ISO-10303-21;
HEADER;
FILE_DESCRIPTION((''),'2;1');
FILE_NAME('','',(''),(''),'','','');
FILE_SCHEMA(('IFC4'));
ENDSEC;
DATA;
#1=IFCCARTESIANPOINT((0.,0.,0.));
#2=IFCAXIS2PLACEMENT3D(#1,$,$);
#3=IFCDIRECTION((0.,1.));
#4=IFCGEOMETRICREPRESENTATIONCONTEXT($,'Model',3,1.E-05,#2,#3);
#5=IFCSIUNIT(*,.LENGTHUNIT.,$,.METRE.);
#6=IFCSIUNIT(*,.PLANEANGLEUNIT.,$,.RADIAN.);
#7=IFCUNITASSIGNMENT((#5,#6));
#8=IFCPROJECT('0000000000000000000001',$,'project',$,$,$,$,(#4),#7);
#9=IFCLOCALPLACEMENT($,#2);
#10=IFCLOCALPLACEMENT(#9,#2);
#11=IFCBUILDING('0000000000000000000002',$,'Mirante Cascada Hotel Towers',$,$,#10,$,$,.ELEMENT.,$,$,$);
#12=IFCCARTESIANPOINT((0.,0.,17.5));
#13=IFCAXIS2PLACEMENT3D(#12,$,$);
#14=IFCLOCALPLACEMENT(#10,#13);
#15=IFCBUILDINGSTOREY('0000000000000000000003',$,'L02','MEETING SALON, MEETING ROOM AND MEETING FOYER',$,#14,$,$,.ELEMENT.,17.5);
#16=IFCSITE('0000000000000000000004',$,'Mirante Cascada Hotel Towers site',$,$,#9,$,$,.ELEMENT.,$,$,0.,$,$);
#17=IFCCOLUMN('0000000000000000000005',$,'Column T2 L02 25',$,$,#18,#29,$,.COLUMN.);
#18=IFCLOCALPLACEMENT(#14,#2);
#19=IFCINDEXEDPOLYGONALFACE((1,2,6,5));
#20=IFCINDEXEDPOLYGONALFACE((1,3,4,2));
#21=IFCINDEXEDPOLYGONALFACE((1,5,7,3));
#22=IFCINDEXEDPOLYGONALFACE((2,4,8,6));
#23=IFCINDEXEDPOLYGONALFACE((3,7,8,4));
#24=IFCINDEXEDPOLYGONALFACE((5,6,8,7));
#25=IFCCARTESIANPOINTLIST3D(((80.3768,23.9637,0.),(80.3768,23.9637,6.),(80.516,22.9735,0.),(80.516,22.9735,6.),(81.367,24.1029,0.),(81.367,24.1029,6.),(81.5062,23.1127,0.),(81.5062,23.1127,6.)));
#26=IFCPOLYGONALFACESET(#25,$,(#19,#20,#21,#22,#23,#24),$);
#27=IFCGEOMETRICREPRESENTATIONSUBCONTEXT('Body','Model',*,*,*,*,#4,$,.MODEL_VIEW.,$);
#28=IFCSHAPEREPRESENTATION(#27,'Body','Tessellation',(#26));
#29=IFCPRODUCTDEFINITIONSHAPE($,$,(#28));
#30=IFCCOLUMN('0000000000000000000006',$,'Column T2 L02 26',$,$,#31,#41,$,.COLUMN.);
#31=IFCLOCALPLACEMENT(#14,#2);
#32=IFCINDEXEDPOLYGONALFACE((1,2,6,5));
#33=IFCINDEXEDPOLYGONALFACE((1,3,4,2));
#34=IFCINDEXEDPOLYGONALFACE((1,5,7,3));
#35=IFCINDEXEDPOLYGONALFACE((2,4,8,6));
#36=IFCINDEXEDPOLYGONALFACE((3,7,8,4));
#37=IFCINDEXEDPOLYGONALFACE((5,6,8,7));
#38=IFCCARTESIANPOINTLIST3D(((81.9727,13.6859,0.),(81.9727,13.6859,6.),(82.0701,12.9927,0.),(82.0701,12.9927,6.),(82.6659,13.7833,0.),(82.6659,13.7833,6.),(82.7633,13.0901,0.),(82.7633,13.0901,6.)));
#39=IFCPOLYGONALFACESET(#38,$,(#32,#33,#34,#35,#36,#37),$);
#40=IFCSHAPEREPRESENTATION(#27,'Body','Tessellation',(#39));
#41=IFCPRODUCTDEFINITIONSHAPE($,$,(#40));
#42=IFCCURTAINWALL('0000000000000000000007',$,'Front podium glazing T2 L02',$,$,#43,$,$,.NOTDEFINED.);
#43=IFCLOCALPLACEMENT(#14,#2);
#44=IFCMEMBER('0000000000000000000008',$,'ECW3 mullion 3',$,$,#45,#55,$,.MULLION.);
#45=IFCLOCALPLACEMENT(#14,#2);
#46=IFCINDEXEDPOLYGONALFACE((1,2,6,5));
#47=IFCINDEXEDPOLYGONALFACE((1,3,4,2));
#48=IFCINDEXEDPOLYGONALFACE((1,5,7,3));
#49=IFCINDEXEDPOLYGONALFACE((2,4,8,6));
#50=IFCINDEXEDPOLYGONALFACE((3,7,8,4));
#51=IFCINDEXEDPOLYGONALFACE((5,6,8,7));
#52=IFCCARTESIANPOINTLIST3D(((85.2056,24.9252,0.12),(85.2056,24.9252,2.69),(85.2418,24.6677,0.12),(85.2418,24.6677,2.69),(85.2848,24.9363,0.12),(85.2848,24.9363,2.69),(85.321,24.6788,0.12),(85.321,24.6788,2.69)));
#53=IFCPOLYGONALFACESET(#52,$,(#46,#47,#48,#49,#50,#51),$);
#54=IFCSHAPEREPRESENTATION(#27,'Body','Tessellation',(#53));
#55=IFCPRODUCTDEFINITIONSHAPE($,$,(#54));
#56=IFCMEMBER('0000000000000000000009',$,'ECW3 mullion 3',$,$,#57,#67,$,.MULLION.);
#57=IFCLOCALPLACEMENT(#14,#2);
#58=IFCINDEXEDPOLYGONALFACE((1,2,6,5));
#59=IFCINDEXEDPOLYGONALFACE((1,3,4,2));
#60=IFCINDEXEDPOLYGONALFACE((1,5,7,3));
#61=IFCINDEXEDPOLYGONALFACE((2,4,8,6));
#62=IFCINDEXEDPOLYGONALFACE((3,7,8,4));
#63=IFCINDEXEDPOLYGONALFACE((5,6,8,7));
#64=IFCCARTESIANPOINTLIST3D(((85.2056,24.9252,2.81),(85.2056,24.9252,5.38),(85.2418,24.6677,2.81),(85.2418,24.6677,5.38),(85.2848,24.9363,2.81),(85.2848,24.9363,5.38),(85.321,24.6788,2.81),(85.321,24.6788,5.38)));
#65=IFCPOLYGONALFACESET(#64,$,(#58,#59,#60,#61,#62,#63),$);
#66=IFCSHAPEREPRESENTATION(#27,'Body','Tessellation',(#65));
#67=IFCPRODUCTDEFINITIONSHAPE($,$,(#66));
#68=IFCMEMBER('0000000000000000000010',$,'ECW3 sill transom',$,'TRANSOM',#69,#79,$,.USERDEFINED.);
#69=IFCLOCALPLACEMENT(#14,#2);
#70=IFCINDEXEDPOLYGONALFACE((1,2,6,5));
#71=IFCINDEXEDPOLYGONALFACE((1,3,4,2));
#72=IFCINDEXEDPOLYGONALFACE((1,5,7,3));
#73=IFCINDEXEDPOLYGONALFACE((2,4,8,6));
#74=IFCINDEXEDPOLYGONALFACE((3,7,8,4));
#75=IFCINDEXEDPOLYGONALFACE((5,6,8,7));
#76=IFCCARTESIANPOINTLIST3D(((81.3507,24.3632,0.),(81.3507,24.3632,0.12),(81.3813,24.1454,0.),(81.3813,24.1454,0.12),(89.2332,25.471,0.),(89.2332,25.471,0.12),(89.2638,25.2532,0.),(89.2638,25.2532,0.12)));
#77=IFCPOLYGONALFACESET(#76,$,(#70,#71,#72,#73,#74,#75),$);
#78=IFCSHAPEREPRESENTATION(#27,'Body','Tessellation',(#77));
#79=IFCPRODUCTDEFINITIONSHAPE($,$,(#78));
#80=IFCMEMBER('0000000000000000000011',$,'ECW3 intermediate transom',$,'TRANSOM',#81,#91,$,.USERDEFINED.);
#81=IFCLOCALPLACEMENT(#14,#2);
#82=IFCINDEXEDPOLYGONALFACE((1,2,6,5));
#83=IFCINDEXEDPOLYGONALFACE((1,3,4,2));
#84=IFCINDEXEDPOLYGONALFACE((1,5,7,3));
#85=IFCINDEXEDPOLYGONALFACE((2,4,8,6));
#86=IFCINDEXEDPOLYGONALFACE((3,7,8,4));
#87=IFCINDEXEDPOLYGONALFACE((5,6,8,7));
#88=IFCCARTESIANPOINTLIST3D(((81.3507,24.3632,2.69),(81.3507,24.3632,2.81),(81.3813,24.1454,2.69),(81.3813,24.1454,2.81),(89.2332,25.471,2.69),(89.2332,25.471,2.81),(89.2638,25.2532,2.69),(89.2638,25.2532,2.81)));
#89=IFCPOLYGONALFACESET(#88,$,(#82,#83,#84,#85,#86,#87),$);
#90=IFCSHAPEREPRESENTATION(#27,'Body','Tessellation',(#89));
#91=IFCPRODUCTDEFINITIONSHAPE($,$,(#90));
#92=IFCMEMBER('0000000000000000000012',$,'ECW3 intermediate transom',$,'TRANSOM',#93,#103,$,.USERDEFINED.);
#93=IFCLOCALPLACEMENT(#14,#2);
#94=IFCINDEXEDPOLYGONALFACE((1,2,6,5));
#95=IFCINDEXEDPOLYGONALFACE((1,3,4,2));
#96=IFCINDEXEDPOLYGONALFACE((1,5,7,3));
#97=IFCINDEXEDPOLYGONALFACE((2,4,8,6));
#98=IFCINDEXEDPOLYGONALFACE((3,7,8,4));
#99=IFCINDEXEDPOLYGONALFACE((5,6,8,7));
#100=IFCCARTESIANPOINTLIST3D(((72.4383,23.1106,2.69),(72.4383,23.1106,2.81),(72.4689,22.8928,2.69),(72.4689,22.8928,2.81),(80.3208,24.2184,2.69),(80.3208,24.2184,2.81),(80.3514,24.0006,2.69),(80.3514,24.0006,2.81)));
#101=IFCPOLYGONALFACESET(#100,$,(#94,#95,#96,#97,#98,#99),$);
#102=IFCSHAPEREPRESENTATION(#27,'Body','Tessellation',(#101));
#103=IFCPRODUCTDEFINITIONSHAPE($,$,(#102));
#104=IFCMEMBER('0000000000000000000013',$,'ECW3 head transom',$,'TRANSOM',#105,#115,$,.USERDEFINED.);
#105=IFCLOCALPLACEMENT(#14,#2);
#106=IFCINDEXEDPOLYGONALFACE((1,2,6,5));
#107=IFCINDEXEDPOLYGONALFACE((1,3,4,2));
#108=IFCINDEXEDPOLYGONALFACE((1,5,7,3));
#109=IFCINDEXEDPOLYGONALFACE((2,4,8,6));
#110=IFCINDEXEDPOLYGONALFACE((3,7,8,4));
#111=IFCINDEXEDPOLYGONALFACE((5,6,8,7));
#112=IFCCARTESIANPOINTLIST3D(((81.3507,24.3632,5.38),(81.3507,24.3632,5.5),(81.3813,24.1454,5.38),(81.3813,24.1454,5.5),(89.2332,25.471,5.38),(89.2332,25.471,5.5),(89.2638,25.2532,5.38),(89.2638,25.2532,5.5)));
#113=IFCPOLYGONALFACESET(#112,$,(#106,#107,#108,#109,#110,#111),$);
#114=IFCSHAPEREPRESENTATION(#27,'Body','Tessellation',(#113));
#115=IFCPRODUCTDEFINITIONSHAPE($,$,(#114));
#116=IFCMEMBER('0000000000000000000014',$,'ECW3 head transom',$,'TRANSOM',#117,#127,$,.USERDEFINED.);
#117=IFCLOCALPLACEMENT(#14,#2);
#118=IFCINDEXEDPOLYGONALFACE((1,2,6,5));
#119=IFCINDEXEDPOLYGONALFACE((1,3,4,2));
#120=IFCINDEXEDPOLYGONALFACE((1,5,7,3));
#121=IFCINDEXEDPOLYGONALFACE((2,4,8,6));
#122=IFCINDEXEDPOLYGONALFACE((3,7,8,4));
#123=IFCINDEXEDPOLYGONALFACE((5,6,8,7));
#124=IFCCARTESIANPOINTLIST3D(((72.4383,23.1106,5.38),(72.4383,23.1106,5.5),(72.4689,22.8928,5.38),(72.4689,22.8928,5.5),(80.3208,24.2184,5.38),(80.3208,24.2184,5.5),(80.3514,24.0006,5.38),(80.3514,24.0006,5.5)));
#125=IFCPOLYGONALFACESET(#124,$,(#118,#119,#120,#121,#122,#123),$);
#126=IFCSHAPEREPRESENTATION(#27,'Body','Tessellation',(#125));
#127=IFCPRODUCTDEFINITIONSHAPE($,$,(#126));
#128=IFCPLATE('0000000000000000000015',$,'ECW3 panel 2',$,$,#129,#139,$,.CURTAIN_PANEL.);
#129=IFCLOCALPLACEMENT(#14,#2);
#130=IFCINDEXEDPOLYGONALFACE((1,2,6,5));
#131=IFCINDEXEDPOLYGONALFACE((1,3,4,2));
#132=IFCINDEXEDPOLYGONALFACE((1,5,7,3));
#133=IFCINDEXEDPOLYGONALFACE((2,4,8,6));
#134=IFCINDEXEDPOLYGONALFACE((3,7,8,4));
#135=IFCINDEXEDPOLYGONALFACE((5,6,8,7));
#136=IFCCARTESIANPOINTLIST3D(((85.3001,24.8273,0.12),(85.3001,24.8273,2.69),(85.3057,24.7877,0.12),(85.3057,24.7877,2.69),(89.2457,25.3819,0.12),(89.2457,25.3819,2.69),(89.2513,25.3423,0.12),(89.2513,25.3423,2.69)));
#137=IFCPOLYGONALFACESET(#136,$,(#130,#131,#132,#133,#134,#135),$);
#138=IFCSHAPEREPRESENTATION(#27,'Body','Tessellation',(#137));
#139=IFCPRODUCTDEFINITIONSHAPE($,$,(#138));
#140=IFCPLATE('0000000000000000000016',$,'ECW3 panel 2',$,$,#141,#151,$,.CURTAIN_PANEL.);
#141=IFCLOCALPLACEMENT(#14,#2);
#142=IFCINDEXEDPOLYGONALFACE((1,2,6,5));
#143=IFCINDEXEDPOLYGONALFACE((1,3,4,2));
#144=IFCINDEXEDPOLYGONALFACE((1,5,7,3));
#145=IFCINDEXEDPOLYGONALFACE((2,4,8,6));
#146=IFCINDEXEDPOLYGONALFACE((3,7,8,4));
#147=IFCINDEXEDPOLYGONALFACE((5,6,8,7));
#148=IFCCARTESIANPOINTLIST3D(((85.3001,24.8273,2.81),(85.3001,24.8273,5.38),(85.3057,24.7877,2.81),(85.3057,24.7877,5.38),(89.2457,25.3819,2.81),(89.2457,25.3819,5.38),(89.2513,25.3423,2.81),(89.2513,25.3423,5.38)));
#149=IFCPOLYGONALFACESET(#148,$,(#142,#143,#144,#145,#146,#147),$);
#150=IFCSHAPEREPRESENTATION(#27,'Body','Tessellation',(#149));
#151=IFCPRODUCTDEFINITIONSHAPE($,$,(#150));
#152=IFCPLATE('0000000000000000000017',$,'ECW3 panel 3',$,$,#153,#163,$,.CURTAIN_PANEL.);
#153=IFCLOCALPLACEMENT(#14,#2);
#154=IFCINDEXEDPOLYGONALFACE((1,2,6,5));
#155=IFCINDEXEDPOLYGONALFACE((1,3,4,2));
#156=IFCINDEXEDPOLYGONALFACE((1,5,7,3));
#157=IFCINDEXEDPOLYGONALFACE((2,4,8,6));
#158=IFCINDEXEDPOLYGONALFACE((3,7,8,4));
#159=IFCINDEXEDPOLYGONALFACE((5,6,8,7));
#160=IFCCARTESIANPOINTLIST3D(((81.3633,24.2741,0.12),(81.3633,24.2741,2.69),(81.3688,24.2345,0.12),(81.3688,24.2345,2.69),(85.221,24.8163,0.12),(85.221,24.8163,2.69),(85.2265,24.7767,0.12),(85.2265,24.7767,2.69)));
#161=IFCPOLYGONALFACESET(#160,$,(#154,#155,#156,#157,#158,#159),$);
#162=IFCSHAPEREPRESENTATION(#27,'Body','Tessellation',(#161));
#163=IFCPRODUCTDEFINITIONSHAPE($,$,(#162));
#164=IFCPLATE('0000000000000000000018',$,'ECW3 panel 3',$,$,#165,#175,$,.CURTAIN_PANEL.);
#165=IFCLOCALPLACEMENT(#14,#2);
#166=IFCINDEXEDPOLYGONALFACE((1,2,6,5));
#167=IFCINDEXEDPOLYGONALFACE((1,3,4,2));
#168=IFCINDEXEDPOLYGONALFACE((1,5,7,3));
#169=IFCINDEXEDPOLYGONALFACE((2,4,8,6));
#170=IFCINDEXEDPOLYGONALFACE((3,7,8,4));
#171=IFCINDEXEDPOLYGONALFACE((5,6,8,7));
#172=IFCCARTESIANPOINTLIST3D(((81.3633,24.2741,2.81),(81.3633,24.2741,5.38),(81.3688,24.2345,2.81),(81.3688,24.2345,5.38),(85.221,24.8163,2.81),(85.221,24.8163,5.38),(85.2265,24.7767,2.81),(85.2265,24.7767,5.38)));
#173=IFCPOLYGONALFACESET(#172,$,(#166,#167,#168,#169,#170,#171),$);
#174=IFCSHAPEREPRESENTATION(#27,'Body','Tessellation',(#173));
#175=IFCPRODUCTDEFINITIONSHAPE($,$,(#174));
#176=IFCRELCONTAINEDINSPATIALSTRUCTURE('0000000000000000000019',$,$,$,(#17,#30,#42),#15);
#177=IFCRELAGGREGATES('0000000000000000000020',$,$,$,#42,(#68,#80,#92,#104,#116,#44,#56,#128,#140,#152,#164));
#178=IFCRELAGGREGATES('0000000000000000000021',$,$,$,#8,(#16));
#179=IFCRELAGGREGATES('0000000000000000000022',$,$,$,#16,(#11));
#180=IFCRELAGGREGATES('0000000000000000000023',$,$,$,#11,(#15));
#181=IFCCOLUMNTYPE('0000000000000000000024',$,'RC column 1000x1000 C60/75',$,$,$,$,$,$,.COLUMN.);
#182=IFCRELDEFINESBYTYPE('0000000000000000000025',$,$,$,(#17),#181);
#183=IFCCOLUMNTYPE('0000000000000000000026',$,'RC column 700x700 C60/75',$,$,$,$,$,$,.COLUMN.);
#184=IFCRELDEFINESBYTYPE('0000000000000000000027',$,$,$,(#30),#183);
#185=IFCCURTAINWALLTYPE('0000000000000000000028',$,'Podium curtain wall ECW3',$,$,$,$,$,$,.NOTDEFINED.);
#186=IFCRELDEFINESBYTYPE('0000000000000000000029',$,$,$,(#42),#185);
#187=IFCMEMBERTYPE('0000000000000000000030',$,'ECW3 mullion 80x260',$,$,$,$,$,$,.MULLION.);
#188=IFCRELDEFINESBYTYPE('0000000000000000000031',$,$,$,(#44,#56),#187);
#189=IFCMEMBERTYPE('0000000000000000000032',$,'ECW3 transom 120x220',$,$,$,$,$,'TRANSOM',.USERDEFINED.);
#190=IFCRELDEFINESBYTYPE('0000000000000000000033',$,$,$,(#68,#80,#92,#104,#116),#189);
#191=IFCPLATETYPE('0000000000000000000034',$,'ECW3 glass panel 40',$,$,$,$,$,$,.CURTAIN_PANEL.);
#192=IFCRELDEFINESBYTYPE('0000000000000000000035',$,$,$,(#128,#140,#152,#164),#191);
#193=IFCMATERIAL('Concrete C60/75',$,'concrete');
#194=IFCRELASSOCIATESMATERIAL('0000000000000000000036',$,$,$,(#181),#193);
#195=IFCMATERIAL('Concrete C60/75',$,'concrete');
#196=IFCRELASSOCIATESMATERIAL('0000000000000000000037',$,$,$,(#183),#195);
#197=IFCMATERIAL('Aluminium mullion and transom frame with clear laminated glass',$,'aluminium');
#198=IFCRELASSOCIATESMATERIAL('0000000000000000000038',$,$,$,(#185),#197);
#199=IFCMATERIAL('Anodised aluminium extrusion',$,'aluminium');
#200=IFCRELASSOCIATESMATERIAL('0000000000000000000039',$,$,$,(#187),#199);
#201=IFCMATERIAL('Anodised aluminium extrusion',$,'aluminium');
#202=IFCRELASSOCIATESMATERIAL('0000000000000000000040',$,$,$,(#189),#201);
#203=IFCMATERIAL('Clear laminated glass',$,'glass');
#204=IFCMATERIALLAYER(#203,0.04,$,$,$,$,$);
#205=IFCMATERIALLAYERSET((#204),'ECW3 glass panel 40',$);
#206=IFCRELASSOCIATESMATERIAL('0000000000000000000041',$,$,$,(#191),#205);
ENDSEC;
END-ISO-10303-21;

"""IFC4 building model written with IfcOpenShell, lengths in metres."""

from ifc_helpers import new_model, si_unit, direction, frame, origin, origin_2d, place, context, subcontext, project, spatial, rectangle, extrude, material, layer, layer_set, material_profile, profile_set, type_object, element, aggregate, save


model = new_model("IFC4")

# Units and contexts
model_context = context("Model", 3, precision=1e-05, world=origin(), true_north=direction((0.0, 1.0)))
body_context = subcontext(model_context, "Body", "Model", "MODEL_VIEW")
ifc_project = project(units=[si_unit("LENGTHUNIT", "METRE"), si_unit("PLANEANGLEUNIT", "RADIAN")], contexts=[model_context])

# Site, building, storey
site_placement = place(None, origin())
site = spatial("IfcSite", under=ifc_project, at=site_placement, Name="Mirante Cascada Hotel Towers site", CompositionType="ELEMENT", RefElevation=0.0)
building_placement = place(site_placement, origin())
building = spatial("IfcBuilding", under=site, at=building_placement, Name="Mirante Cascada Hotel Towers", CompositionType="ELEMENT")
storey_placement = place(building_placement, frame((0.0, 0.0, 17.5)))
storey = spatial("IfcBuildingStorey", under=building, at=storey_placement, Name="L02", Description="MEETING SALON, MEETING ROOM AND MEETING FOYER", CompositionType="ELEMENT", Elevation=17.5)

# Columns
ifc_material_1 = material(Name="Concrete C60/75", Category="concrete")
ifc_material_profile_1 = material_profile(ifc_material_1, rectangle(XDim=1.0, YDim=1.0, at=origin_2d()), Name="RC column 1000x1000 C60/75")
ifc_profile_set_1 = profile_set([ifc_material_profile_1], Name="Concrete C60/75")
column_type_1 = type_object("IfcColumnType", Name="RC column 1000x1000 C60/75", PredefinedType="COLUMN", material=ifc_profile_set_1)
column_1_placement = place(storey_placement, frame((80.9415, 23.5382, 0.0), z_axis=(0.0, 0.0, 1.0), x_axis=(0.990268, 0.139173, 0.0)))
element("IfcColumn", 1, at=column_1_placement, inside=storey, type_object=column_type_1, Name="Column T2 L02 25", PredefinedType="COLUMN", context=body_context, shape_type="SweptSolid", body=[
    extrude(rectangle(XDim=1.0, YDim=1.0, at=origin_2d()), origin(), (0.0, 0.0, 1.0), 6.0),
])
ifc_material_2 = material(Name="Concrete C60/75", Category="concrete")
ifc_material_profile_2 = material_profile(ifc_material_2, rectangle(XDim=0.7, YDim=0.7, at=origin_2d()), Name="RC column 700x700 C60/75")
ifc_profile_set_2 = profile_set([ifc_material_profile_2], Name="Concrete C60/75")
column_type_2 = type_object("IfcColumnType", Name="RC column 700x700 C60/75", PredefinedType="COLUMN", material=ifc_profile_set_2)
column_2_placement = place(storey_placement, frame((82.368, 13.388, 0.0), z_axis=(0.0, 0.0, 1.0), x_axis=(0.990268, 0.139173, 0.0)))
element("IfcColumn", 2, at=column_2_placement, inside=storey, type_object=column_type_2, Name="Column T2 L02 26", PredefinedType="COLUMN", context=body_context, shape_type="SweptSolid", body=[
    extrude(rectangle(XDim=0.7, YDim=0.7, at=origin_2d()), origin(), (0.0, 0.0, 1.0), 6.0),
])

# Curtain wall, members, plates
ifc_material_3 = material(Name="Aluminium mullion and transom frame with clear laminated glass", Category="aluminium")
curtain_wall_type = type_object("IfcCurtainWallType", Name="Podium curtain wall ECW3", PredefinedType="NOTDEFINED", material=ifc_material_3)
curtain_wall_placement = place(storey_placement, origin())
curtain_wall = element("IfcCurtainWall", 3, at=curtain_wall_placement, inside=storey, type_object=curtain_wall_type, Name="Front podium glazing T2 L02", PredefinedType="NOTDEFINED")
ifc_material_4 = material(Name="Anodised aluminium extrusion", Category="aluminium")
ifc_material_profile_3 = material_profile(ifc_material_4, rectangle(XDim=0.26, YDim=0.08, at=origin_2d()), Name="ECW3 MULLION 80x260")
ifc_profile_set_3 = profile_set([ifc_material_profile_3], Name="Anodised aluminium extrusion")
member_type_1 = type_object("IfcMemberType", Name="ECW3 mullion 80x260", PredefinedType="MULLION", material=ifc_profile_set_3)
member_1_placement = place(storey_placement, frame((85.2633, 24.802, 0.12), z_axis=(0.0, 0.0, 1.0), x_axis=(0.139173, -0.990268, 0.0)))
member_1 = element("IfcMember", 4, at=member_1_placement, type_object=member_type_1, Name="ECW3 mullion 3", PredefinedType="MULLION", context=body_context, shape_type="SweptSolid", body=[
    extrude(rectangle(XDim=0.26, YDim=0.08, at=origin_2d()), origin(), (0.0, 0.0, 1.0), 2.57),
])
member_2_placement = place(storey_placement, frame((85.2633, 24.802, 2.81), z_axis=(0.0, 0.0, 1.0), x_axis=(0.139173, -0.990268, 0.0)))
member_2 = element("IfcMember", 5, at=member_2_placement, type_object=member_type_1, Name="ECW3 mullion 3", PredefinedType="MULLION", context=body_context, shape_type="SweptSolid", body=[
    extrude(rectangle(XDim=0.26, YDim=0.08, at=origin_2d()), origin(), (0.0, 0.0, 1.0), 2.57),
])
ifc_material_5 = material(Name="Anodised aluminium extrusion", Category="aluminium")
ifc_material_profile_4 = material_profile(ifc_material_5, rectangle(XDim=0.22, YDim=0.12, at=origin_2d()), Name="ECW3 TRANSOM 120x220")
ifc_profile_set_4 = profile_set([ifc_material_profile_4], Name="Anodised aluminium extrusion")
member_type_2 = type_object("IfcMemberType", Name="ECW3 transom 120x220", ElementType="TRANSOM", PredefinedType="USERDEFINED", material=ifc_profile_set_4)
member_3_placement = place(storey_placement, frame((89.2485, 25.3621, 0.06), z_axis=(-0.990268, -0.139172, 0.0), x_axis=(0.139172, -0.990268, 0.0)))
member_3 = element("IfcMember", 6, at=member_3_placement, type_object=member_type_2, Name="ECW3 sill transom", ObjectType="TRANSOM", PredefinedType="USERDEFINED", context=body_context, shape_type="SweptSolid", body=[
    extrude(rectangle(XDim=0.22, YDim=0.12, at=origin_2d()), origin(), (0.0, 0.0, 1.0), 7.96),
])
member_4_placement = place(storey_placement, frame((89.2485, 25.3621, 2.75), z_axis=(-0.990268, -0.139172, 0.0), x_axis=(0.139172, -0.990268, 0.0)))
member_4 = element("IfcMember", 7, at=member_4_placement, type_object=member_type_2, Name="ECW3 intermediate transom", ObjectType="TRANSOM", PredefinedType="USERDEFINED", context=body_context, shape_type="SweptSolid", body=[
    extrude(rectangle(XDim=0.22, YDim=0.12, at=origin_2d()), origin(), (0.0, 0.0, 1.0), 7.96),
])
member_5_placement = place(storey_placement, frame((80.3361, 24.1095, 2.75), z_axis=(-0.990268, -0.139172, 0.0), x_axis=(0.139172, -0.990268, 0.0)))
member_5 = element("IfcMember", 8, at=member_5_placement, type_object=member_type_2, Name="ECW3 intermediate transom", ObjectType="TRANSOM", PredefinedType="USERDEFINED", context=body_context, shape_type="SweptSolid", body=[
    extrude(rectangle(XDim=0.22, YDim=0.12, at=origin_2d()), origin(), (0.0, 0.0, 1.0), 7.96),
])
member_6_placement = place(storey_placement, frame((89.2485, 25.3621, 5.44), z_axis=(-0.990268, -0.139172, 0.0), x_axis=(0.139172, -0.990268, 0.0)))
member_6 = element("IfcMember", 9, at=member_6_placement, type_object=member_type_2, Name="ECW3 head transom", ObjectType="TRANSOM", PredefinedType="USERDEFINED", context=body_context, shape_type="SweptSolid", body=[
    extrude(rectangle(XDim=0.22, YDim=0.12, at=origin_2d()), origin(), (0.0, 0.0, 1.0), 7.96),
])
member_7_placement = place(storey_placement, frame((80.3361, 24.1095, 5.44), z_axis=(-0.990268, -0.139172, 0.0), x_axis=(0.139172, -0.990268, 0.0)))
member_7 = element("IfcMember", 10, at=member_7_placement, type_object=member_type_2, Name="ECW3 head transom", ObjectType="TRANSOM", PredefinedType="USERDEFINED", context=body_context, shape_type="SweptSolid", body=[
    extrude(rectangle(XDim=0.22, YDim=0.12, at=origin_2d()), origin(), (0.0, 0.0, 1.0), 7.96),
])
ifc_material_6 = material(Name="Clear laminated glass", Category="glass")
ifc_layer_1 = layer(ifc_material_6, 0.04)
ifc_layer_set_1 = layer_set([ifc_layer_1], Name="ECW3 glass panel 40")
plate_type = type_object("IfcPlateType", Name="ECW3 glass panel 40", PredefinedType="CURTAIN_PANEL", material=ifc_layer_set_1)
plate_1_placement = place(storey_placement, frame((87.2757, 25.0848, 0.12), z_axis=(0.0, 0.0, 1.0), x_axis=(-0.990268, -0.139173, 0.0)))
plate_1 = element("IfcPlate", 11, at=plate_1_placement, type_object=plate_type, Name="ECW3 panel 2", PredefinedType="CURTAIN_PANEL", context=body_context, shape_type="SweptSolid", body=[
    extrude(rectangle(XDim=3.9844, YDim=0.04, at=origin_2d()), origin(), (0.0, 0.0, 1.0), 2.57),
])
plate_2_placement = place(storey_placement, frame((87.2757, 25.0848, 2.81), z_axis=(0.0, 0.0, 1.0), x_axis=(-0.990268, -0.139173, 0.0)))
plate_2 = element("IfcPlate", 12, at=plate_2_placement, type_object=plate_type, Name="ECW3 panel 2", PredefinedType="CURTAIN_PANEL", context=body_context, shape_type="SweptSolid", body=[
    extrude(rectangle(XDim=3.9844, YDim=0.04, at=origin_2d()), origin(), (0.0, 0.0, 1.0), 2.57),
])
plate_3_placement = place(storey_placement, frame((83.2949, 24.5254, 0.12), z_axis=(0.0, 0.0, 1.0), x_axis=(-0.990268, -0.139173, 0.0)))
plate_3 = element("IfcPlate", 13, at=plate_3_placement, type_object=plate_type, Name="ECW3 panel 3", PredefinedType="CURTAIN_PANEL", context=body_context, shape_type="SweptSolid", body=[
    extrude(rectangle(XDim=3.8956, YDim=0.04, at=origin_2d()), origin(), (0.0, 0.0, 1.0), 2.57),
])
plate_4_placement = place(storey_placement, frame((83.2949, 24.5254, 2.81), z_axis=(0.0, 0.0, 1.0), x_axis=(-0.990268, -0.139173, 0.0)))
plate_4 = element("IfcPlate", 14, at=plate_4_placement, type_object=plate_type, Name="ECW3 panel 3", PredefinedType="CURTAIN_PANEL", context=body_context, shape_type="SweptSolid", body=[
    extrude(rectangle(XDim=3.8956, YDim=0.04, at=origin_2d()), origin(), (0.0, 0.0, 1.0), 2.57),
])
aggregate(curtain_wall, [member_3, member_4, member_5, member_6, member_7, member_1, member_2, plate_1, plate_2, plate_3, plate_4])

save(model, "model.ifc")
